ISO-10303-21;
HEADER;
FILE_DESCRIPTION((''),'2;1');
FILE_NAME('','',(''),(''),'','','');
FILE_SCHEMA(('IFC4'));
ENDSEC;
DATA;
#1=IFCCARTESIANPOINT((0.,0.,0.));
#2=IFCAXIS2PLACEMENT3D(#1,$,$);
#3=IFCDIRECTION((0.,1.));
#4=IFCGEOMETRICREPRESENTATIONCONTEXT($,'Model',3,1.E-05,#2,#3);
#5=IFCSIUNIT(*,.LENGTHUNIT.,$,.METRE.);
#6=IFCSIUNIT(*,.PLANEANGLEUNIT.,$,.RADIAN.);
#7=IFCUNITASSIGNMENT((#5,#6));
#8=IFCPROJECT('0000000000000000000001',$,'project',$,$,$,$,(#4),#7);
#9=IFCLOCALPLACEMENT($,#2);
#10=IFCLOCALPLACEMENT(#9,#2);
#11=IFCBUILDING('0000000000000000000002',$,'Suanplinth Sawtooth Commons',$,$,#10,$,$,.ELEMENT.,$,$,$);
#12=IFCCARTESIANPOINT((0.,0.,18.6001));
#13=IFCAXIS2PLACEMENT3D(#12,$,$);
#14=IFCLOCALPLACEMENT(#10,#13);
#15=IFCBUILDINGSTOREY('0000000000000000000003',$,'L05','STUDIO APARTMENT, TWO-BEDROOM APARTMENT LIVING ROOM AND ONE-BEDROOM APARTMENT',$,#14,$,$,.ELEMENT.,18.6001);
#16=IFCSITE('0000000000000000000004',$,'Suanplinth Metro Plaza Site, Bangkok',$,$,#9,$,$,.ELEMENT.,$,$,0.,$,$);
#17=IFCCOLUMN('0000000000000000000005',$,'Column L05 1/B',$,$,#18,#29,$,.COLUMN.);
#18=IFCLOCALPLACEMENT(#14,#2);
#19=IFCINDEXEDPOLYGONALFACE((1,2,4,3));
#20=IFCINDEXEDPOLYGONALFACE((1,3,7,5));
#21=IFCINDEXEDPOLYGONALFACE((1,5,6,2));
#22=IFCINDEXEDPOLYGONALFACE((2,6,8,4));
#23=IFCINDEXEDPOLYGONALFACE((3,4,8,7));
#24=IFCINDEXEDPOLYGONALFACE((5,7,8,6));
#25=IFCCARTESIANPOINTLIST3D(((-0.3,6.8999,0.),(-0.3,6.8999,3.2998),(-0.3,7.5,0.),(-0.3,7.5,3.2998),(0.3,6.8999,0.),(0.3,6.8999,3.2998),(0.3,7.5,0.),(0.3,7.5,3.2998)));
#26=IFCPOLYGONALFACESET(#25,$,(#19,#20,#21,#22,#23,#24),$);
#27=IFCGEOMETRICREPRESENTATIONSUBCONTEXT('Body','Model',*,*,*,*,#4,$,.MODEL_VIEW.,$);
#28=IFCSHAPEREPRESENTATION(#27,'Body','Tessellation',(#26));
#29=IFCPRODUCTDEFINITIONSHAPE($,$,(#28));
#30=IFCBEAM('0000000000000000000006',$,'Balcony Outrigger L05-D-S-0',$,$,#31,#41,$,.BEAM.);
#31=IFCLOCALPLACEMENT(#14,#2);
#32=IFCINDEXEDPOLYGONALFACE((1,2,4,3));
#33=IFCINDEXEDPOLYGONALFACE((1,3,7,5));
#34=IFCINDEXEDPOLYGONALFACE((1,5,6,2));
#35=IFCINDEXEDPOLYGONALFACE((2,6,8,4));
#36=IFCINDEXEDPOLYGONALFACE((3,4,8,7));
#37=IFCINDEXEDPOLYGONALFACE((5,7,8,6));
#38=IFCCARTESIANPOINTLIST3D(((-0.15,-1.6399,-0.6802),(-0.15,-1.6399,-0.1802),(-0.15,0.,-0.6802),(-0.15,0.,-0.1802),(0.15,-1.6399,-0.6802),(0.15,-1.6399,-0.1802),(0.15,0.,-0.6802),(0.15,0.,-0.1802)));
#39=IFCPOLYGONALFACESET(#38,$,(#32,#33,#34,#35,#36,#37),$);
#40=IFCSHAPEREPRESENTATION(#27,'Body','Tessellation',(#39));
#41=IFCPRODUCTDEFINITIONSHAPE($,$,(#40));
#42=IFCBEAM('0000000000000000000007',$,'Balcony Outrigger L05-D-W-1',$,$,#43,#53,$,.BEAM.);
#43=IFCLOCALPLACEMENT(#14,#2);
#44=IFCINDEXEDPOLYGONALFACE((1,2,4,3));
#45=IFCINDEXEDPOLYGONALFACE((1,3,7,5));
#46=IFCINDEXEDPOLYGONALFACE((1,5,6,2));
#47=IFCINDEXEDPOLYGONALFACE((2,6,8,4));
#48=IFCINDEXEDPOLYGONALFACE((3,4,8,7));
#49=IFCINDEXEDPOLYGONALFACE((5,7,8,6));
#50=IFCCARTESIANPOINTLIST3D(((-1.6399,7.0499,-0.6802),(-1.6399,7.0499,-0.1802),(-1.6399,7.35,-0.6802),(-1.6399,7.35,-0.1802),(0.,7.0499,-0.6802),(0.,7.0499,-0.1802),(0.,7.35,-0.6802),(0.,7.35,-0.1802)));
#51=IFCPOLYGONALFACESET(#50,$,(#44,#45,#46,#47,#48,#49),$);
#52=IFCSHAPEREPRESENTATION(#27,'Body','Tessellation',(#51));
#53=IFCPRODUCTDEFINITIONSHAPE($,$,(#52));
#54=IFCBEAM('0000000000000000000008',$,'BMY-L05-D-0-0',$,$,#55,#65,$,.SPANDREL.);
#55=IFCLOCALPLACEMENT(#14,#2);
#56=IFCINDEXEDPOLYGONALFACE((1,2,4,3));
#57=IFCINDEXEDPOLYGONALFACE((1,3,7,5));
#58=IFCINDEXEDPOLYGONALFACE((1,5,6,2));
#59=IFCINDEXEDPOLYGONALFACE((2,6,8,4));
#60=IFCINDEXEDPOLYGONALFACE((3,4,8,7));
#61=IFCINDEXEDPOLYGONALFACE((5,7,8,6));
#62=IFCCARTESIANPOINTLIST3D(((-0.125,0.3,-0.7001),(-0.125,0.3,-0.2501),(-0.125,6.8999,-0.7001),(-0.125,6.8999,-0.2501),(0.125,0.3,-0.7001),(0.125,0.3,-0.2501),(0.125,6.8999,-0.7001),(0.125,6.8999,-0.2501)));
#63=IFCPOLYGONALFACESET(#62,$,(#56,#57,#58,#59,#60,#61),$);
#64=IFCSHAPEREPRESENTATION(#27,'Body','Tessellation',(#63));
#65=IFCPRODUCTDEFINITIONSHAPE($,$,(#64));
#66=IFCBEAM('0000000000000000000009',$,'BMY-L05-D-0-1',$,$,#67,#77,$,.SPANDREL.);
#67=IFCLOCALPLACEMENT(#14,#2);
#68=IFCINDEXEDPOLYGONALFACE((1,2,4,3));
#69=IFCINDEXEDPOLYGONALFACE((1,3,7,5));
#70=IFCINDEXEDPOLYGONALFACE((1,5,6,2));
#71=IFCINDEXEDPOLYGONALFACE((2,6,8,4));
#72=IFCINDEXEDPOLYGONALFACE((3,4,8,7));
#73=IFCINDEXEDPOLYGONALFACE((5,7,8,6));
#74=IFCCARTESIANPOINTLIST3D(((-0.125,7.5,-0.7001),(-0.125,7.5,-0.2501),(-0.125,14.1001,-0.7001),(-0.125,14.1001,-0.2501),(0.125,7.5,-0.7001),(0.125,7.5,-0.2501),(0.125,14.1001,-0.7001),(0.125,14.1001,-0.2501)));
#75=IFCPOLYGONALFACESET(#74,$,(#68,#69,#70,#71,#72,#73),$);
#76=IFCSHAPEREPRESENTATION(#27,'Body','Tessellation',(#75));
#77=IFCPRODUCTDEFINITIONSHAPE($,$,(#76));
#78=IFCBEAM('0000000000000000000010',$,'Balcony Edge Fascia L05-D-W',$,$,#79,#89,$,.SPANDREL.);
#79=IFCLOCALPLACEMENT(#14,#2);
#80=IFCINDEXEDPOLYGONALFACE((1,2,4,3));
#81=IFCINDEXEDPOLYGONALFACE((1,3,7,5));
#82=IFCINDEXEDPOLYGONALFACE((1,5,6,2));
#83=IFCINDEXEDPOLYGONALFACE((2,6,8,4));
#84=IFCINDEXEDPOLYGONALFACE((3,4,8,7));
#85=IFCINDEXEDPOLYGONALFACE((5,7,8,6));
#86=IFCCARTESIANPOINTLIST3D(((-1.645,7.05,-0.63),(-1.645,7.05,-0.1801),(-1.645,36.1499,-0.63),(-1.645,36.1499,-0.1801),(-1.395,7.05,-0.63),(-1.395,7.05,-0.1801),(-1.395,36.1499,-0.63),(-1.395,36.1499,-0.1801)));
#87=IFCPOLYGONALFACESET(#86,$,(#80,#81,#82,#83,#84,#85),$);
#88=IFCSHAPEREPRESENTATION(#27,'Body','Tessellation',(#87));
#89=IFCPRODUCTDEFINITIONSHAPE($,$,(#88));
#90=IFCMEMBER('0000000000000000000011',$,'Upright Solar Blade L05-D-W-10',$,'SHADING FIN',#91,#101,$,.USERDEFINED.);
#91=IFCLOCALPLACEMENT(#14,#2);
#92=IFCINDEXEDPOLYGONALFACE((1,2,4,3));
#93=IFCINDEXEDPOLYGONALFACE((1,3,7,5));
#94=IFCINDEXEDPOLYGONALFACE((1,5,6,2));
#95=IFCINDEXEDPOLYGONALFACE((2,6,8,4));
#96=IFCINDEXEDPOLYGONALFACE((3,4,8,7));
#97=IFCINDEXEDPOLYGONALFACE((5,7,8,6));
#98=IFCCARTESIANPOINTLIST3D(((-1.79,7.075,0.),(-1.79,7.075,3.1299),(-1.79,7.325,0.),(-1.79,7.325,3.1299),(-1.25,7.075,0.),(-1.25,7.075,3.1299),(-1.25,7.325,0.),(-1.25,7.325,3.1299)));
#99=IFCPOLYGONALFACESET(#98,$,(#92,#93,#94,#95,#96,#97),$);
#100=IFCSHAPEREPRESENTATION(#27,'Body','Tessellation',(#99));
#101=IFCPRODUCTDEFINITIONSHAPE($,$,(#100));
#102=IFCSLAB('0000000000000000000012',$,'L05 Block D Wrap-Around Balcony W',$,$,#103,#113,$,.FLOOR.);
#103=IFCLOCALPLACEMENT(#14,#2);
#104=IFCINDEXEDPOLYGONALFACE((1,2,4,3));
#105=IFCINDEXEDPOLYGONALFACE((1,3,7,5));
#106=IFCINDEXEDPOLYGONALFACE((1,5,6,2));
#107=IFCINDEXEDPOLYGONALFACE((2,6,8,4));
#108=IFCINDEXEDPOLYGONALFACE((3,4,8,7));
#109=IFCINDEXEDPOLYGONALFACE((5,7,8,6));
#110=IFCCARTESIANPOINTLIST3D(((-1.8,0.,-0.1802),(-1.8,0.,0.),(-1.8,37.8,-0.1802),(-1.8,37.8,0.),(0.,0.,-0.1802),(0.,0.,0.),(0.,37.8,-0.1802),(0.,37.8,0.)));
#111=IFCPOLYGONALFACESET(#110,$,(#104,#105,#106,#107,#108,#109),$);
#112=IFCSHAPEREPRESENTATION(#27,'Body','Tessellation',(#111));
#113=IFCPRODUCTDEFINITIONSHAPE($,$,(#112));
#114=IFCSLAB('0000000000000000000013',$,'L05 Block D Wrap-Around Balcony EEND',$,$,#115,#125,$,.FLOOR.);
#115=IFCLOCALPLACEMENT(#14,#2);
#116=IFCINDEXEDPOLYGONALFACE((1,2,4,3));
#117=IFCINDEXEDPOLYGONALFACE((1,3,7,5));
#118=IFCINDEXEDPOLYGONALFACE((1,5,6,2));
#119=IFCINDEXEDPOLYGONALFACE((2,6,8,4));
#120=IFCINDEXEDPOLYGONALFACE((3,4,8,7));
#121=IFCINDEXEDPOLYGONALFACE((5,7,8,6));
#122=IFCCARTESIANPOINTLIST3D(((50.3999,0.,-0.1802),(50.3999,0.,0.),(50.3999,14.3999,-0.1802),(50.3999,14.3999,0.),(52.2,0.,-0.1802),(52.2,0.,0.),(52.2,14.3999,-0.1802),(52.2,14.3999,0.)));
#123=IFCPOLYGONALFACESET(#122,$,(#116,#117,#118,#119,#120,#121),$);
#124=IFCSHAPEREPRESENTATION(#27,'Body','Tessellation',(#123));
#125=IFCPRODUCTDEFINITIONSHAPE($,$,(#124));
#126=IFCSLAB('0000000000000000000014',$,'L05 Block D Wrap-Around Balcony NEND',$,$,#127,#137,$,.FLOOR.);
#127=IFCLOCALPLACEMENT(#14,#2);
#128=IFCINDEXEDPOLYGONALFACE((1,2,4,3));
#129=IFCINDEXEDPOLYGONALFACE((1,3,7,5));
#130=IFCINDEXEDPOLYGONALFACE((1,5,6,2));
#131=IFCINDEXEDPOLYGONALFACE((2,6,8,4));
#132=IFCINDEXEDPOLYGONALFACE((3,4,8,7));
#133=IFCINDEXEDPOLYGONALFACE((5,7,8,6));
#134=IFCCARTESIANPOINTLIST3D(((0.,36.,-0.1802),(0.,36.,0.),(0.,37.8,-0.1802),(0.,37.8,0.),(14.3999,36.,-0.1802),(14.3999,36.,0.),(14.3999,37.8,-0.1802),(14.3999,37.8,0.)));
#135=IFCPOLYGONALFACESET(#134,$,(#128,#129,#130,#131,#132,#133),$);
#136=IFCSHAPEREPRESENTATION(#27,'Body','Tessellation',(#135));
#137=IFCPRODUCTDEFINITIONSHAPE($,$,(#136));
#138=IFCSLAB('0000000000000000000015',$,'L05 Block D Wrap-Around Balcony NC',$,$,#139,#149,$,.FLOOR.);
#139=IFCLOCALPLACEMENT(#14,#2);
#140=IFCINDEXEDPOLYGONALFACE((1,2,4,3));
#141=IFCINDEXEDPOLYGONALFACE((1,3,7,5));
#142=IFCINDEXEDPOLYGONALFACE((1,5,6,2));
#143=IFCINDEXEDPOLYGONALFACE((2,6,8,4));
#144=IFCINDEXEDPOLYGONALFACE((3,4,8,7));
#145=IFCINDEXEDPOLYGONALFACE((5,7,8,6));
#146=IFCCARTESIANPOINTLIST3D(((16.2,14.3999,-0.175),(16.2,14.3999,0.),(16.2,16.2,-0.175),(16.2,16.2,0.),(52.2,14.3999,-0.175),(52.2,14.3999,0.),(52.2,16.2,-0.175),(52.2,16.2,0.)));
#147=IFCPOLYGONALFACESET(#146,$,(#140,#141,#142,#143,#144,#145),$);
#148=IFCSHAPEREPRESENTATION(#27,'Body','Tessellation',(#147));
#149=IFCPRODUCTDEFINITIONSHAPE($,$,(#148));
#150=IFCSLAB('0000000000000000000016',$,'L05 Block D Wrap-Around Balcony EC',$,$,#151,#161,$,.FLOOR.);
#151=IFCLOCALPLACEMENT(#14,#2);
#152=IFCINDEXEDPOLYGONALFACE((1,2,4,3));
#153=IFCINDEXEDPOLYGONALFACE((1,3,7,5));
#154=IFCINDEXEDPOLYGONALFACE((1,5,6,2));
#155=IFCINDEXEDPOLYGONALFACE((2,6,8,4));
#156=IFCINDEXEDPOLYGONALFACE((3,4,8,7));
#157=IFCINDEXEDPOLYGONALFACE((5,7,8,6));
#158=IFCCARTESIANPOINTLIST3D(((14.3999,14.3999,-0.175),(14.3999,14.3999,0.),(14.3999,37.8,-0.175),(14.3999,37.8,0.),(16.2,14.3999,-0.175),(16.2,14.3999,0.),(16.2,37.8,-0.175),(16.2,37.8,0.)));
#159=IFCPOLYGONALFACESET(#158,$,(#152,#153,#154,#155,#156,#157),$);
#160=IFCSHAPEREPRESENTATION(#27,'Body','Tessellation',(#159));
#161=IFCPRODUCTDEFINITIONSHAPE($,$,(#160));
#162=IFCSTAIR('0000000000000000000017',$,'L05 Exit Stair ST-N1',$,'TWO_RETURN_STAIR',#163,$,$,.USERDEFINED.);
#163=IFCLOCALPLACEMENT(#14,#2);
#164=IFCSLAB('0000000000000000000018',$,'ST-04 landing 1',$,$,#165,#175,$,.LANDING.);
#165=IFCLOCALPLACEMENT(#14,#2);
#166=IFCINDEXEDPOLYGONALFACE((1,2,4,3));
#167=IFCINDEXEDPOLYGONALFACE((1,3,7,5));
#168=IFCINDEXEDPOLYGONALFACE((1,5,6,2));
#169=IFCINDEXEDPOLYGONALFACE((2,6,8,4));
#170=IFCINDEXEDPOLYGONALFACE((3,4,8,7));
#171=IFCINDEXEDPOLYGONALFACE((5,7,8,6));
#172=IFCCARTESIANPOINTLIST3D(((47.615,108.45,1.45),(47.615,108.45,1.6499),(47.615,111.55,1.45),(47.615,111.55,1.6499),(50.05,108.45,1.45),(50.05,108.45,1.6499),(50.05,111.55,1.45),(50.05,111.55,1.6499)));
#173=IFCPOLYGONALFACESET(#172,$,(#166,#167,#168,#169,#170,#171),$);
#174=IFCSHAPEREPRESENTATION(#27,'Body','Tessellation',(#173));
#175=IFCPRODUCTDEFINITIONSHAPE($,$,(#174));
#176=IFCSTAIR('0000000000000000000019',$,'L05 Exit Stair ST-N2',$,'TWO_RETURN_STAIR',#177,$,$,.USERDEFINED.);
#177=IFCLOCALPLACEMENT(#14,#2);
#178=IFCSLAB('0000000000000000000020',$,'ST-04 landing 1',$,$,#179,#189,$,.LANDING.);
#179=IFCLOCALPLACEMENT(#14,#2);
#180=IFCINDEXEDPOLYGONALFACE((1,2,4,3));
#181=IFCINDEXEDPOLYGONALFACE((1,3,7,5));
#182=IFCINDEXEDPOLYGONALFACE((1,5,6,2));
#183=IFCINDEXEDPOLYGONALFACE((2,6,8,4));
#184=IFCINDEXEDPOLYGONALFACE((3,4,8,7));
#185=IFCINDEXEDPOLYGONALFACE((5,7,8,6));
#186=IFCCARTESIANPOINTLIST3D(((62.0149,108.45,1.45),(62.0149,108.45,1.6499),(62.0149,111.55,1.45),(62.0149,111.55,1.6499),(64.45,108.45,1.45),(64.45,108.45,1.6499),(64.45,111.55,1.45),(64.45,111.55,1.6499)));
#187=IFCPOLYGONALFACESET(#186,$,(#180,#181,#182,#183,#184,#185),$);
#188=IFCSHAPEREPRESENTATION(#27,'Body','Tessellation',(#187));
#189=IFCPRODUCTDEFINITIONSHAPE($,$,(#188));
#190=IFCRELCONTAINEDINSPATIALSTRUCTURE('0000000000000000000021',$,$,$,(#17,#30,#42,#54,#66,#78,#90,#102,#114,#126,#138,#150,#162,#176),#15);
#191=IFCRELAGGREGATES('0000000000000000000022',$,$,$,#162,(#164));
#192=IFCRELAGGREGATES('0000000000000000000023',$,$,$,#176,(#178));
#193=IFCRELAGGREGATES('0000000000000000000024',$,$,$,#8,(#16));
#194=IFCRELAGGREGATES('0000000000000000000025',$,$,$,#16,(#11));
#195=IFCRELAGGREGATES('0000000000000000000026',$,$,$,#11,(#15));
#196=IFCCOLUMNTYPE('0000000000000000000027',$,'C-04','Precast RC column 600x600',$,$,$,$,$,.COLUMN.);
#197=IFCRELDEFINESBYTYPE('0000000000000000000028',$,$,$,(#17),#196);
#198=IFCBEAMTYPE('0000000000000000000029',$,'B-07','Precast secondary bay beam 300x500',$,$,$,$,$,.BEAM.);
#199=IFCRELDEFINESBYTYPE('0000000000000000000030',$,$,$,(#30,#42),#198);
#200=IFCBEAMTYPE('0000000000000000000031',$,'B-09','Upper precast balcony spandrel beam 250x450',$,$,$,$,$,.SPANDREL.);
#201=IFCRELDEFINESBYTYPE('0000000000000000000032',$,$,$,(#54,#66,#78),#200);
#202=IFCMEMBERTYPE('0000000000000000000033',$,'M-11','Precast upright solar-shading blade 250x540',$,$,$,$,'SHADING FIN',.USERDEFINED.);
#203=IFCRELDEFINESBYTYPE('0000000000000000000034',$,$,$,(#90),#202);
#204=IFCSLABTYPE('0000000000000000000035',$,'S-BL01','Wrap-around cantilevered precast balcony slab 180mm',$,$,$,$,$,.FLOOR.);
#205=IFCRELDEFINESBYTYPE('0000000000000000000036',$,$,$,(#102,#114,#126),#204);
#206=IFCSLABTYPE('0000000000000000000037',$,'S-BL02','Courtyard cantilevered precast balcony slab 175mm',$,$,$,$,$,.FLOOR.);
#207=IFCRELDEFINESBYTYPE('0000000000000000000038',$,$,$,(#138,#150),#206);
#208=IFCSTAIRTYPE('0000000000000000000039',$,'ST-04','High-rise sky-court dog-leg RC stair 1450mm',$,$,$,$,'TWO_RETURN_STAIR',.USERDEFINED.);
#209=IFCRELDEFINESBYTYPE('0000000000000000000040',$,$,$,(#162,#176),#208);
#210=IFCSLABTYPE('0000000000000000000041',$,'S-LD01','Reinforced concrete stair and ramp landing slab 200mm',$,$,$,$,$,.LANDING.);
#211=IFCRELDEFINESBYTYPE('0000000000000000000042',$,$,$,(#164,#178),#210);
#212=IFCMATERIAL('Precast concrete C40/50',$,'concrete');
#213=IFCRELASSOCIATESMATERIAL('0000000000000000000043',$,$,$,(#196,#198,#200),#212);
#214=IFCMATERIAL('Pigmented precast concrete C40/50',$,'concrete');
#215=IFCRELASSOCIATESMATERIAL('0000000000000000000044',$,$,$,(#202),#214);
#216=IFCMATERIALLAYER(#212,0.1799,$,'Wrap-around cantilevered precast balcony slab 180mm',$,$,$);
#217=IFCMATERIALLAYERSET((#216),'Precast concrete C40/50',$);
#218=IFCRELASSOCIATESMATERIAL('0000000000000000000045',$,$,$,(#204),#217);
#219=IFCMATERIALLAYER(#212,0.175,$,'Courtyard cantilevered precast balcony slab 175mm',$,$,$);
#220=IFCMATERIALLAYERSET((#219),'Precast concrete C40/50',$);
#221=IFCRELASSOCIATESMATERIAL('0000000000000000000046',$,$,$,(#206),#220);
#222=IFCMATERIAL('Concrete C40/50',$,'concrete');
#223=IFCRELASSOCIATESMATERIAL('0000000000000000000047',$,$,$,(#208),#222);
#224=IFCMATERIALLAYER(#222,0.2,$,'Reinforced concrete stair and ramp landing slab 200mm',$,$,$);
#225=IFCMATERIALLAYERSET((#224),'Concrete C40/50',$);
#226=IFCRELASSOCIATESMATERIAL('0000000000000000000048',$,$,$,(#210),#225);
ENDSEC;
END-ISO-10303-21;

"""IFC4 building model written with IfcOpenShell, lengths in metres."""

from ifc_helpers import new_model, si_unit, direction, frame, origin, origin_2d, place, context, subcontext, project, spatial, polyline, rectangle, outline, extrude, material, layer, layer_set, material_profile, profile_set, type_object, element, aggregate, save


model = new_model("IFC4")

# Units and contexts
model_context = context("Model", 3, precision=1e-05, world=origin(), true_north=direction((0.0, 1.0)))
body_context = subcontext(model_context, "Body", "Model", "MODEL_VIEW")
ifc_project = project(units=[si_unit("LENGTHUNIT", "METRE"), si_unit("PLANEANGLEUNIT", "RADIAN")], contexts=[model_context])

# Site, building, storey
site_placement = place(None, origin())
site = spatial("IfcSite", under=ifc_project, at=site_placement, Name="Suanplinth Metro Plaza Site, Bangkok", CompositionType="ELEMENT", RefElevation=0.0)
building_placement = place(site_placement, origin())
building = spatial("IfcBuilding", under=site, at=building_placement, Name="Suanplinth Sawtooth Commons", CompositionType="ELEMENT")
storey_placement = place(building_placement, frame((0.0, 0.0, 18.6001)))
storey = spatial("IfcBuildingStorey", under=building, at=storey_placement, Name="L05", Description="STUDIO APARTMENT, TWO-BEDROOM APARTMENT LIVING ROOM AND ONE-BEDROOM APARTMENT", CompositionType="ELEMENT", Elevation=18.6001)

# Column
ifc_material_1 = material(Name="Precast concrete C40/50", Category="concrete")
ifc_material_profile_1 = material_profile(ifc_material_1, rectangle(XDim=0.6001, YDim=0.6001, at=origin_2d()), Name="PC-COL 600x600")
ifc_profile_set_1 = profile_set([ifc_material_profile_1], Name="Precast concrete C40/50")
column_type = type_object("IfcColumnType", Name="C-04", Description="Precast RC column 600x600", PredefinedType="COLUMN", material=ifc_profile_set_1)
column_placement = place(storey_placement, frame((0.0, 7.2, 0.0), z_axis=(0.0, 0.0, 1.0), x_axis=(1.0, 0.0, 0.0)))
element("IfcColumn", 1, at=column_placement, inside=storey, type_object=column_type, Name="Column L05 1/B", PredefinedType="COLUMN", context=body_context, shape_type="SweptSolid", body=[
    extrude(rectangle(XDim=0.6001, YDim=0.6001, at=origin_2d()), origin(), (0.0, 0.0, 1.0), 3.2998),
])

# Beams
ifc_material_profile_2 = material_profile(ifc_material_1, rectangle(XDim=0.3, YDim=0.5, at=origin_2d()), Name="PC-BM 300x500")
ifc_profile_set_2 = profile_set([ifc_material_profile_2], Name="Precast concrete C40/50")
beam_type_1 = type_object("IfcBeamType", Name="B-07", Description="Precast secondary bay beam 300x500", PredefinedType="BEAM", material=ifc_profile_set_2)
for number, where, z_axis, x_axis, name in (
    (2, (0.0, 0.0, -0.4302), (0.0, -1.0, 0.0), (1.0, 0.0, 0.0), "Balcony Outrigger L05-D-S-0"),
    (3, (0.0, 7.2, -0.4302), (-1.0, 0.0, 0.0), (0.0, -1.0, 0.0), "Balcony Outrigger L05-D-W-1"),
):
    element("IfcBeam", number, at=place(storey_placement, frame(where, z_axis=z_axis, x_axis=x_axis)), inside=storey, type_object=beam_type_1, Name=name, PredefinedType="BEAM", context=body_context, shape_type="SweptSolid", body=[
        extrude(rectangle(XDim=0.3, YDim=0.5, at=origin_2d()), origin(), (0.0, 0.0, 1.0), 1.6399),
    ])
ifc_material_profile_3 = material_profile(ifc_material_1, rectangle(XDim=0.25, YDim=0.45, at=origin_2d()), Name="PC-SP 250x450")
ifc_profile_set_3 = profile_set([ifc_material_profile_3], Name="Precast concrete C40/50")
beam_type_2 = type_object("IfcBeamType", Name="B-09", Description="Upper precast balcony spandrel beam 250x450", PredefinedType="SPANDREL", material=ifc_profile_set_3)
beam_1_placement = place(storey_placement, frame((0.0, 0.3, -0.4751), z_axis=(0.0, 1.0, 0.0), x_axis=(-1.0, 0.0, 0.0)))
element("IfcBeam", 4, at=beam_1_placement, inside=storey, type_object=beam_type_2, Name="BMY-L05-D-0-0", PredefinedType="SPANDREL", context=body_context, shape_type="SweptSolid", body=[
    extrude(rectangle(XDim=0.25, YDim=0.45, at=origin_2d()), origin(), (0.0, 0.0, 1.0), 6.5999),
])
beam_2_placement = place(storey_placement, frame((0.0, 7.5, -0.4751), z_axis=(0.0, 1.0, 0.0), x_axis=(-1.0, 0.0, 0.0)))
element("IfcBeam", 5, at=beam_2_placement, inside=storey, type_object=beam_type_2, Name="BMY-L05-D-0-1", PredefinedType="SPANDREL", context=body_context, shape_type="SweptSolid", body=[
    extrude(rectangle(XDim=0.25, YDim=0.45, at=origin_2d()), origin(), (0.0, 0.0, 1.0), 6.6001),
])
beam_3_placement = place(storey_placement, frame((-1.52, 7.05, -0.405), z_axis=(0.0, 1.0, 0.0), x_axis=(-1.0, 0.0, 0.0)))
element("IfcBeam", 6, at=beam_3_placement, inside=storey, type_object=beam_type_2, Name="Balcony Edge Fascia L05-D-W", PredefinedType="SPANDREL", context=body_context, shape_type="SweptSolid", body=[
    extrude(rectangle(XDim=0.25, YDim=0.45, at=origin_2d()), origin(), (0.0, 0.0, 1.0), 29.0999),
])

# Member
ifc_material_2 = material(Name="Pigmented precast concrete C40/50", Category="concrete")
ifc_material_profile_4 = material_profile(ifc_material_2, rectangle(XDim=0.25, YDim=0.54, at=origin_2d()), Name="PC-FIN 250x540")
ifc_profile_set_4 = profile_set([ifc_material_profile_4], Name="Pigmented precast concrete C40/50")
member_type = type_object("IfcMemberType", Name="M-11", Description="Precast upright solar-shading blade 250x540", ElementType="SHADING FIN", PredefinedType="USERDEFINED", material=ifc_profile_set_4)
member_placement = place(storey_placement, frame((-1.52, 7.2, 0.0), z_axis=(0.0, 0.0, 1.0), x_axis=(0.0, 1.0, 0.0)))
element("IfcMember", 7, at=member_placement, inside=storey, type_object=member_type, Name="Upright Solar Blade L05-D-W-10", ObjectType="SHADING FIN", PredefinedType="USERDEFINED", context=body_context, shape_type="SweptSolid", body=[
    extrude(rectangle(XDim=0.25, YDim=0.54, at=origin_2d()), origin(), (0.0, 0.0, 1.0), 3.1299),
])

# Slabs
ifc_layer_1 = layer(ifc_material_1, 0.1799, Name="Wrap-around cantilevered precast balcony slab 180mm")
ifc_layer_set_1 = layer_set([ifc_layer_1], Name="Precast concrete C40/50")
slab_type_1 = type_object("IfcSlabType", Name="S-BL01", Description="Wrap-around cantilevered precast balcony slab 180mm", PredefinedType="FLOOR", material=ifc_layer_set_1)
slab_1_placement = place(storey_placement, frame((0.0, 0.0, -0.1802)))
element("IfcSlab", 8, at=slab_1_placement, inside=storey, type_object=slab_type_1, Name="L05 Block D Wrap-Around Balcony W", PredefinedType="FLOOR", context=body_context, shape_type="SweptSolid", body=[
    extrude(outline(polyline([(0.0, 0.0), (-1.8, 0.0), (-1.8, 37.8), (0.0, 37.8), (0.0, 0.0)])), origin(), (0.0, 0.0, 1.0), 0.1802),
])
slab_2_placement = place(storey_placement, frame((0.0, 0.0, -0.1802)))
element("IfcSlab", 9, at=slab_2_placement, inside=storey, type_object=slab_type_1, Name="L05 Block D Wrap-Around Balcony EEND", PredefinedType="FLOOR", context=body_context, shape_type="SweptSolid", body=[
    extrude(outline(polyline([(52.2, 14.3999), (52.2, 0.0), (50.3999, 0.0), (50.3999, 14.3999), (52.2, 14.3999)])), origin(), (0.0, 0.0, 1.0), 0.1802),
])
slab_3_placement = place(storey_placement, frame((0.0, 0.0, -0.1802)))
element("IfcSlab", 10, at=slab_3_placement, inside=storey, type_object=slab_type_1, Name="L05 Block D Wrap-Around Balcony NEND", PredefinedType="FLOOR", context=body_context, shape_type="SweptSolid", body=[
    extrude(outline(polyline([(0.0, 37.8), (14.3999, 37.8), (14.3999, 36.0), (0.0, 36.0), (0.0, 37.8)])), origin(), (0.0, 0.0, 1.0), 0.1802),
])
ifc_layer_2 = layer(ifc_material_1, 0.175, Name="Courtyard cantilevered precast balcony slab 175mm")
ifc_layer_set_2 = layer_set([ifc_layer_2], Name="Precast concrete C40/50")
slab_type_2 = type_object("IfcSlabType", Name="S-BL02", Description="Courtyard cantilevered precast balcony slab 175mm", PredefinedType="FLOOR", material=ifc_layer_set_2)
slab_4_placement = place(storey_placement, frame((0.0, 0.0, -0.175)))
element("IfcSlab", 11, at=slab_4_placement, inside=storey, type_object=slab_type_2, Name="L05 Block D Wrap-Around Balcony NC", PredefinedType="FLOOR", context=body_context, shape_type="SweptSolid", body=[
    extrude(outline(polyline([(16.2, 16.2), (52.2, 16.2), (52.2, 14.3999), (16.2, 14.3999), (16.2, 16.2)])), origin(), (0.0, 0.0, 1.0), 0.175),
])
slab_5_placement = place(storey_placement, frame((0.0, 0.0, -0.175)))
element("IfcSlab", 12, at=slab_5_placement, inside=storey, type_object=slab_type_2, Name="L05 Block D Wrap-Around Balcony EC", PredefinedType="FLOOR", context=body_context, shape_type="SweptSolid", body=[
    extrude(outline(polyline([(14.3999, 37.8), (16.2, 37.8), (16.2, 14.3999), (14.3999, 14.3999), (14.3999, 37.8)])), origin(), (0.0, 0.0, 1.0), 0.175),
])

# Stairs, slabs
ifc_material_3 = material(Name="Concrete C40/50", Category="concrete")
stair_type_1 = type_object("IfcStairType", Name="ST-04", Description="High-rise sky-court dog-leg RC stair 1450mm", ElementType="TWO_RETURN_STAIR", PredefinedType="USERDEFINED", material=ifc_material_3)
stair_1_placement = place(storey_placement, origin())
stair_1 = element("IfcStair", 13, at=stair_1_placement, inside=storey, type_object=stair_type_1, Name="L05 Exit Stair ST-N1", ObjectType="TWO_RETURN_STAIR", PredefinedType="USERDEFINED")
ifc_layer_3 = layer(ifc_material_3, 0.2, Name="Reinforced concrete stair and ramp landing slab 200mm")
ifc_layer_set_3 = layer_set([ifc_layer_3], Name="Concrete C40/50")
slab_type_3 = type_object("IfcSlabType", Name="S-LD01", Description="Reinforced concrete stair and ramp landing slab 200mm", PredefinedType="LANDING", material=ifc_layer_set_3)
slab_6_placement = place(storey_placement, frame((0.0, 0.0, 1.45)))
slab_6 = element("IfcSlab", 14, at=slab_6_placement, type_object=slab_type_3, Name="ST-04 landing 1", PredefinedType="LANDING", context=body_context, shape_type="SweptSolid", body=[
    extrude(outline(polyline([(47.615, 108.45), (50.05, 108.45), (50.05, 111.55), (47.615, 111.55), (47.615, 108.45)])), origin(), (0.0, 0.0, 1.0), 0.2),
])
aggregate(stair_1, [slab_6])
stair_2_placement = place(storey_placement, origin())
stair_2 = element("IfcStair", 15, at=stair_2_placement, inside=storey, type_object=stair_type_1, Name="L05 Exit Stair ST-N2", ObjectType="TWO_RETURN_STAIR", PredefinedType="USERDEFINED")
slab_7_placement = place(storey_placement, frame((0.0, 0.0, 1.45)))
slab_7 = element("IfcSlab", 16, at=slab_7_placement, type_object=slab_type_3, Name="ST-04 landing 1", PredefinedType="LANDING", context=body_context, shape_type="SweptSolid", body=[
    extrude(outline(polyline([(62.0149, 108.45), (64.45, 108.45), (64.45, 111.55), (62.0149, 111.55), (62.0149, 108.45)])), origin(), (0.0, 0.0, 1.0), 0.2),
])
aggregate(stair_2, [slab_7])

save(model, "model.ifc")
